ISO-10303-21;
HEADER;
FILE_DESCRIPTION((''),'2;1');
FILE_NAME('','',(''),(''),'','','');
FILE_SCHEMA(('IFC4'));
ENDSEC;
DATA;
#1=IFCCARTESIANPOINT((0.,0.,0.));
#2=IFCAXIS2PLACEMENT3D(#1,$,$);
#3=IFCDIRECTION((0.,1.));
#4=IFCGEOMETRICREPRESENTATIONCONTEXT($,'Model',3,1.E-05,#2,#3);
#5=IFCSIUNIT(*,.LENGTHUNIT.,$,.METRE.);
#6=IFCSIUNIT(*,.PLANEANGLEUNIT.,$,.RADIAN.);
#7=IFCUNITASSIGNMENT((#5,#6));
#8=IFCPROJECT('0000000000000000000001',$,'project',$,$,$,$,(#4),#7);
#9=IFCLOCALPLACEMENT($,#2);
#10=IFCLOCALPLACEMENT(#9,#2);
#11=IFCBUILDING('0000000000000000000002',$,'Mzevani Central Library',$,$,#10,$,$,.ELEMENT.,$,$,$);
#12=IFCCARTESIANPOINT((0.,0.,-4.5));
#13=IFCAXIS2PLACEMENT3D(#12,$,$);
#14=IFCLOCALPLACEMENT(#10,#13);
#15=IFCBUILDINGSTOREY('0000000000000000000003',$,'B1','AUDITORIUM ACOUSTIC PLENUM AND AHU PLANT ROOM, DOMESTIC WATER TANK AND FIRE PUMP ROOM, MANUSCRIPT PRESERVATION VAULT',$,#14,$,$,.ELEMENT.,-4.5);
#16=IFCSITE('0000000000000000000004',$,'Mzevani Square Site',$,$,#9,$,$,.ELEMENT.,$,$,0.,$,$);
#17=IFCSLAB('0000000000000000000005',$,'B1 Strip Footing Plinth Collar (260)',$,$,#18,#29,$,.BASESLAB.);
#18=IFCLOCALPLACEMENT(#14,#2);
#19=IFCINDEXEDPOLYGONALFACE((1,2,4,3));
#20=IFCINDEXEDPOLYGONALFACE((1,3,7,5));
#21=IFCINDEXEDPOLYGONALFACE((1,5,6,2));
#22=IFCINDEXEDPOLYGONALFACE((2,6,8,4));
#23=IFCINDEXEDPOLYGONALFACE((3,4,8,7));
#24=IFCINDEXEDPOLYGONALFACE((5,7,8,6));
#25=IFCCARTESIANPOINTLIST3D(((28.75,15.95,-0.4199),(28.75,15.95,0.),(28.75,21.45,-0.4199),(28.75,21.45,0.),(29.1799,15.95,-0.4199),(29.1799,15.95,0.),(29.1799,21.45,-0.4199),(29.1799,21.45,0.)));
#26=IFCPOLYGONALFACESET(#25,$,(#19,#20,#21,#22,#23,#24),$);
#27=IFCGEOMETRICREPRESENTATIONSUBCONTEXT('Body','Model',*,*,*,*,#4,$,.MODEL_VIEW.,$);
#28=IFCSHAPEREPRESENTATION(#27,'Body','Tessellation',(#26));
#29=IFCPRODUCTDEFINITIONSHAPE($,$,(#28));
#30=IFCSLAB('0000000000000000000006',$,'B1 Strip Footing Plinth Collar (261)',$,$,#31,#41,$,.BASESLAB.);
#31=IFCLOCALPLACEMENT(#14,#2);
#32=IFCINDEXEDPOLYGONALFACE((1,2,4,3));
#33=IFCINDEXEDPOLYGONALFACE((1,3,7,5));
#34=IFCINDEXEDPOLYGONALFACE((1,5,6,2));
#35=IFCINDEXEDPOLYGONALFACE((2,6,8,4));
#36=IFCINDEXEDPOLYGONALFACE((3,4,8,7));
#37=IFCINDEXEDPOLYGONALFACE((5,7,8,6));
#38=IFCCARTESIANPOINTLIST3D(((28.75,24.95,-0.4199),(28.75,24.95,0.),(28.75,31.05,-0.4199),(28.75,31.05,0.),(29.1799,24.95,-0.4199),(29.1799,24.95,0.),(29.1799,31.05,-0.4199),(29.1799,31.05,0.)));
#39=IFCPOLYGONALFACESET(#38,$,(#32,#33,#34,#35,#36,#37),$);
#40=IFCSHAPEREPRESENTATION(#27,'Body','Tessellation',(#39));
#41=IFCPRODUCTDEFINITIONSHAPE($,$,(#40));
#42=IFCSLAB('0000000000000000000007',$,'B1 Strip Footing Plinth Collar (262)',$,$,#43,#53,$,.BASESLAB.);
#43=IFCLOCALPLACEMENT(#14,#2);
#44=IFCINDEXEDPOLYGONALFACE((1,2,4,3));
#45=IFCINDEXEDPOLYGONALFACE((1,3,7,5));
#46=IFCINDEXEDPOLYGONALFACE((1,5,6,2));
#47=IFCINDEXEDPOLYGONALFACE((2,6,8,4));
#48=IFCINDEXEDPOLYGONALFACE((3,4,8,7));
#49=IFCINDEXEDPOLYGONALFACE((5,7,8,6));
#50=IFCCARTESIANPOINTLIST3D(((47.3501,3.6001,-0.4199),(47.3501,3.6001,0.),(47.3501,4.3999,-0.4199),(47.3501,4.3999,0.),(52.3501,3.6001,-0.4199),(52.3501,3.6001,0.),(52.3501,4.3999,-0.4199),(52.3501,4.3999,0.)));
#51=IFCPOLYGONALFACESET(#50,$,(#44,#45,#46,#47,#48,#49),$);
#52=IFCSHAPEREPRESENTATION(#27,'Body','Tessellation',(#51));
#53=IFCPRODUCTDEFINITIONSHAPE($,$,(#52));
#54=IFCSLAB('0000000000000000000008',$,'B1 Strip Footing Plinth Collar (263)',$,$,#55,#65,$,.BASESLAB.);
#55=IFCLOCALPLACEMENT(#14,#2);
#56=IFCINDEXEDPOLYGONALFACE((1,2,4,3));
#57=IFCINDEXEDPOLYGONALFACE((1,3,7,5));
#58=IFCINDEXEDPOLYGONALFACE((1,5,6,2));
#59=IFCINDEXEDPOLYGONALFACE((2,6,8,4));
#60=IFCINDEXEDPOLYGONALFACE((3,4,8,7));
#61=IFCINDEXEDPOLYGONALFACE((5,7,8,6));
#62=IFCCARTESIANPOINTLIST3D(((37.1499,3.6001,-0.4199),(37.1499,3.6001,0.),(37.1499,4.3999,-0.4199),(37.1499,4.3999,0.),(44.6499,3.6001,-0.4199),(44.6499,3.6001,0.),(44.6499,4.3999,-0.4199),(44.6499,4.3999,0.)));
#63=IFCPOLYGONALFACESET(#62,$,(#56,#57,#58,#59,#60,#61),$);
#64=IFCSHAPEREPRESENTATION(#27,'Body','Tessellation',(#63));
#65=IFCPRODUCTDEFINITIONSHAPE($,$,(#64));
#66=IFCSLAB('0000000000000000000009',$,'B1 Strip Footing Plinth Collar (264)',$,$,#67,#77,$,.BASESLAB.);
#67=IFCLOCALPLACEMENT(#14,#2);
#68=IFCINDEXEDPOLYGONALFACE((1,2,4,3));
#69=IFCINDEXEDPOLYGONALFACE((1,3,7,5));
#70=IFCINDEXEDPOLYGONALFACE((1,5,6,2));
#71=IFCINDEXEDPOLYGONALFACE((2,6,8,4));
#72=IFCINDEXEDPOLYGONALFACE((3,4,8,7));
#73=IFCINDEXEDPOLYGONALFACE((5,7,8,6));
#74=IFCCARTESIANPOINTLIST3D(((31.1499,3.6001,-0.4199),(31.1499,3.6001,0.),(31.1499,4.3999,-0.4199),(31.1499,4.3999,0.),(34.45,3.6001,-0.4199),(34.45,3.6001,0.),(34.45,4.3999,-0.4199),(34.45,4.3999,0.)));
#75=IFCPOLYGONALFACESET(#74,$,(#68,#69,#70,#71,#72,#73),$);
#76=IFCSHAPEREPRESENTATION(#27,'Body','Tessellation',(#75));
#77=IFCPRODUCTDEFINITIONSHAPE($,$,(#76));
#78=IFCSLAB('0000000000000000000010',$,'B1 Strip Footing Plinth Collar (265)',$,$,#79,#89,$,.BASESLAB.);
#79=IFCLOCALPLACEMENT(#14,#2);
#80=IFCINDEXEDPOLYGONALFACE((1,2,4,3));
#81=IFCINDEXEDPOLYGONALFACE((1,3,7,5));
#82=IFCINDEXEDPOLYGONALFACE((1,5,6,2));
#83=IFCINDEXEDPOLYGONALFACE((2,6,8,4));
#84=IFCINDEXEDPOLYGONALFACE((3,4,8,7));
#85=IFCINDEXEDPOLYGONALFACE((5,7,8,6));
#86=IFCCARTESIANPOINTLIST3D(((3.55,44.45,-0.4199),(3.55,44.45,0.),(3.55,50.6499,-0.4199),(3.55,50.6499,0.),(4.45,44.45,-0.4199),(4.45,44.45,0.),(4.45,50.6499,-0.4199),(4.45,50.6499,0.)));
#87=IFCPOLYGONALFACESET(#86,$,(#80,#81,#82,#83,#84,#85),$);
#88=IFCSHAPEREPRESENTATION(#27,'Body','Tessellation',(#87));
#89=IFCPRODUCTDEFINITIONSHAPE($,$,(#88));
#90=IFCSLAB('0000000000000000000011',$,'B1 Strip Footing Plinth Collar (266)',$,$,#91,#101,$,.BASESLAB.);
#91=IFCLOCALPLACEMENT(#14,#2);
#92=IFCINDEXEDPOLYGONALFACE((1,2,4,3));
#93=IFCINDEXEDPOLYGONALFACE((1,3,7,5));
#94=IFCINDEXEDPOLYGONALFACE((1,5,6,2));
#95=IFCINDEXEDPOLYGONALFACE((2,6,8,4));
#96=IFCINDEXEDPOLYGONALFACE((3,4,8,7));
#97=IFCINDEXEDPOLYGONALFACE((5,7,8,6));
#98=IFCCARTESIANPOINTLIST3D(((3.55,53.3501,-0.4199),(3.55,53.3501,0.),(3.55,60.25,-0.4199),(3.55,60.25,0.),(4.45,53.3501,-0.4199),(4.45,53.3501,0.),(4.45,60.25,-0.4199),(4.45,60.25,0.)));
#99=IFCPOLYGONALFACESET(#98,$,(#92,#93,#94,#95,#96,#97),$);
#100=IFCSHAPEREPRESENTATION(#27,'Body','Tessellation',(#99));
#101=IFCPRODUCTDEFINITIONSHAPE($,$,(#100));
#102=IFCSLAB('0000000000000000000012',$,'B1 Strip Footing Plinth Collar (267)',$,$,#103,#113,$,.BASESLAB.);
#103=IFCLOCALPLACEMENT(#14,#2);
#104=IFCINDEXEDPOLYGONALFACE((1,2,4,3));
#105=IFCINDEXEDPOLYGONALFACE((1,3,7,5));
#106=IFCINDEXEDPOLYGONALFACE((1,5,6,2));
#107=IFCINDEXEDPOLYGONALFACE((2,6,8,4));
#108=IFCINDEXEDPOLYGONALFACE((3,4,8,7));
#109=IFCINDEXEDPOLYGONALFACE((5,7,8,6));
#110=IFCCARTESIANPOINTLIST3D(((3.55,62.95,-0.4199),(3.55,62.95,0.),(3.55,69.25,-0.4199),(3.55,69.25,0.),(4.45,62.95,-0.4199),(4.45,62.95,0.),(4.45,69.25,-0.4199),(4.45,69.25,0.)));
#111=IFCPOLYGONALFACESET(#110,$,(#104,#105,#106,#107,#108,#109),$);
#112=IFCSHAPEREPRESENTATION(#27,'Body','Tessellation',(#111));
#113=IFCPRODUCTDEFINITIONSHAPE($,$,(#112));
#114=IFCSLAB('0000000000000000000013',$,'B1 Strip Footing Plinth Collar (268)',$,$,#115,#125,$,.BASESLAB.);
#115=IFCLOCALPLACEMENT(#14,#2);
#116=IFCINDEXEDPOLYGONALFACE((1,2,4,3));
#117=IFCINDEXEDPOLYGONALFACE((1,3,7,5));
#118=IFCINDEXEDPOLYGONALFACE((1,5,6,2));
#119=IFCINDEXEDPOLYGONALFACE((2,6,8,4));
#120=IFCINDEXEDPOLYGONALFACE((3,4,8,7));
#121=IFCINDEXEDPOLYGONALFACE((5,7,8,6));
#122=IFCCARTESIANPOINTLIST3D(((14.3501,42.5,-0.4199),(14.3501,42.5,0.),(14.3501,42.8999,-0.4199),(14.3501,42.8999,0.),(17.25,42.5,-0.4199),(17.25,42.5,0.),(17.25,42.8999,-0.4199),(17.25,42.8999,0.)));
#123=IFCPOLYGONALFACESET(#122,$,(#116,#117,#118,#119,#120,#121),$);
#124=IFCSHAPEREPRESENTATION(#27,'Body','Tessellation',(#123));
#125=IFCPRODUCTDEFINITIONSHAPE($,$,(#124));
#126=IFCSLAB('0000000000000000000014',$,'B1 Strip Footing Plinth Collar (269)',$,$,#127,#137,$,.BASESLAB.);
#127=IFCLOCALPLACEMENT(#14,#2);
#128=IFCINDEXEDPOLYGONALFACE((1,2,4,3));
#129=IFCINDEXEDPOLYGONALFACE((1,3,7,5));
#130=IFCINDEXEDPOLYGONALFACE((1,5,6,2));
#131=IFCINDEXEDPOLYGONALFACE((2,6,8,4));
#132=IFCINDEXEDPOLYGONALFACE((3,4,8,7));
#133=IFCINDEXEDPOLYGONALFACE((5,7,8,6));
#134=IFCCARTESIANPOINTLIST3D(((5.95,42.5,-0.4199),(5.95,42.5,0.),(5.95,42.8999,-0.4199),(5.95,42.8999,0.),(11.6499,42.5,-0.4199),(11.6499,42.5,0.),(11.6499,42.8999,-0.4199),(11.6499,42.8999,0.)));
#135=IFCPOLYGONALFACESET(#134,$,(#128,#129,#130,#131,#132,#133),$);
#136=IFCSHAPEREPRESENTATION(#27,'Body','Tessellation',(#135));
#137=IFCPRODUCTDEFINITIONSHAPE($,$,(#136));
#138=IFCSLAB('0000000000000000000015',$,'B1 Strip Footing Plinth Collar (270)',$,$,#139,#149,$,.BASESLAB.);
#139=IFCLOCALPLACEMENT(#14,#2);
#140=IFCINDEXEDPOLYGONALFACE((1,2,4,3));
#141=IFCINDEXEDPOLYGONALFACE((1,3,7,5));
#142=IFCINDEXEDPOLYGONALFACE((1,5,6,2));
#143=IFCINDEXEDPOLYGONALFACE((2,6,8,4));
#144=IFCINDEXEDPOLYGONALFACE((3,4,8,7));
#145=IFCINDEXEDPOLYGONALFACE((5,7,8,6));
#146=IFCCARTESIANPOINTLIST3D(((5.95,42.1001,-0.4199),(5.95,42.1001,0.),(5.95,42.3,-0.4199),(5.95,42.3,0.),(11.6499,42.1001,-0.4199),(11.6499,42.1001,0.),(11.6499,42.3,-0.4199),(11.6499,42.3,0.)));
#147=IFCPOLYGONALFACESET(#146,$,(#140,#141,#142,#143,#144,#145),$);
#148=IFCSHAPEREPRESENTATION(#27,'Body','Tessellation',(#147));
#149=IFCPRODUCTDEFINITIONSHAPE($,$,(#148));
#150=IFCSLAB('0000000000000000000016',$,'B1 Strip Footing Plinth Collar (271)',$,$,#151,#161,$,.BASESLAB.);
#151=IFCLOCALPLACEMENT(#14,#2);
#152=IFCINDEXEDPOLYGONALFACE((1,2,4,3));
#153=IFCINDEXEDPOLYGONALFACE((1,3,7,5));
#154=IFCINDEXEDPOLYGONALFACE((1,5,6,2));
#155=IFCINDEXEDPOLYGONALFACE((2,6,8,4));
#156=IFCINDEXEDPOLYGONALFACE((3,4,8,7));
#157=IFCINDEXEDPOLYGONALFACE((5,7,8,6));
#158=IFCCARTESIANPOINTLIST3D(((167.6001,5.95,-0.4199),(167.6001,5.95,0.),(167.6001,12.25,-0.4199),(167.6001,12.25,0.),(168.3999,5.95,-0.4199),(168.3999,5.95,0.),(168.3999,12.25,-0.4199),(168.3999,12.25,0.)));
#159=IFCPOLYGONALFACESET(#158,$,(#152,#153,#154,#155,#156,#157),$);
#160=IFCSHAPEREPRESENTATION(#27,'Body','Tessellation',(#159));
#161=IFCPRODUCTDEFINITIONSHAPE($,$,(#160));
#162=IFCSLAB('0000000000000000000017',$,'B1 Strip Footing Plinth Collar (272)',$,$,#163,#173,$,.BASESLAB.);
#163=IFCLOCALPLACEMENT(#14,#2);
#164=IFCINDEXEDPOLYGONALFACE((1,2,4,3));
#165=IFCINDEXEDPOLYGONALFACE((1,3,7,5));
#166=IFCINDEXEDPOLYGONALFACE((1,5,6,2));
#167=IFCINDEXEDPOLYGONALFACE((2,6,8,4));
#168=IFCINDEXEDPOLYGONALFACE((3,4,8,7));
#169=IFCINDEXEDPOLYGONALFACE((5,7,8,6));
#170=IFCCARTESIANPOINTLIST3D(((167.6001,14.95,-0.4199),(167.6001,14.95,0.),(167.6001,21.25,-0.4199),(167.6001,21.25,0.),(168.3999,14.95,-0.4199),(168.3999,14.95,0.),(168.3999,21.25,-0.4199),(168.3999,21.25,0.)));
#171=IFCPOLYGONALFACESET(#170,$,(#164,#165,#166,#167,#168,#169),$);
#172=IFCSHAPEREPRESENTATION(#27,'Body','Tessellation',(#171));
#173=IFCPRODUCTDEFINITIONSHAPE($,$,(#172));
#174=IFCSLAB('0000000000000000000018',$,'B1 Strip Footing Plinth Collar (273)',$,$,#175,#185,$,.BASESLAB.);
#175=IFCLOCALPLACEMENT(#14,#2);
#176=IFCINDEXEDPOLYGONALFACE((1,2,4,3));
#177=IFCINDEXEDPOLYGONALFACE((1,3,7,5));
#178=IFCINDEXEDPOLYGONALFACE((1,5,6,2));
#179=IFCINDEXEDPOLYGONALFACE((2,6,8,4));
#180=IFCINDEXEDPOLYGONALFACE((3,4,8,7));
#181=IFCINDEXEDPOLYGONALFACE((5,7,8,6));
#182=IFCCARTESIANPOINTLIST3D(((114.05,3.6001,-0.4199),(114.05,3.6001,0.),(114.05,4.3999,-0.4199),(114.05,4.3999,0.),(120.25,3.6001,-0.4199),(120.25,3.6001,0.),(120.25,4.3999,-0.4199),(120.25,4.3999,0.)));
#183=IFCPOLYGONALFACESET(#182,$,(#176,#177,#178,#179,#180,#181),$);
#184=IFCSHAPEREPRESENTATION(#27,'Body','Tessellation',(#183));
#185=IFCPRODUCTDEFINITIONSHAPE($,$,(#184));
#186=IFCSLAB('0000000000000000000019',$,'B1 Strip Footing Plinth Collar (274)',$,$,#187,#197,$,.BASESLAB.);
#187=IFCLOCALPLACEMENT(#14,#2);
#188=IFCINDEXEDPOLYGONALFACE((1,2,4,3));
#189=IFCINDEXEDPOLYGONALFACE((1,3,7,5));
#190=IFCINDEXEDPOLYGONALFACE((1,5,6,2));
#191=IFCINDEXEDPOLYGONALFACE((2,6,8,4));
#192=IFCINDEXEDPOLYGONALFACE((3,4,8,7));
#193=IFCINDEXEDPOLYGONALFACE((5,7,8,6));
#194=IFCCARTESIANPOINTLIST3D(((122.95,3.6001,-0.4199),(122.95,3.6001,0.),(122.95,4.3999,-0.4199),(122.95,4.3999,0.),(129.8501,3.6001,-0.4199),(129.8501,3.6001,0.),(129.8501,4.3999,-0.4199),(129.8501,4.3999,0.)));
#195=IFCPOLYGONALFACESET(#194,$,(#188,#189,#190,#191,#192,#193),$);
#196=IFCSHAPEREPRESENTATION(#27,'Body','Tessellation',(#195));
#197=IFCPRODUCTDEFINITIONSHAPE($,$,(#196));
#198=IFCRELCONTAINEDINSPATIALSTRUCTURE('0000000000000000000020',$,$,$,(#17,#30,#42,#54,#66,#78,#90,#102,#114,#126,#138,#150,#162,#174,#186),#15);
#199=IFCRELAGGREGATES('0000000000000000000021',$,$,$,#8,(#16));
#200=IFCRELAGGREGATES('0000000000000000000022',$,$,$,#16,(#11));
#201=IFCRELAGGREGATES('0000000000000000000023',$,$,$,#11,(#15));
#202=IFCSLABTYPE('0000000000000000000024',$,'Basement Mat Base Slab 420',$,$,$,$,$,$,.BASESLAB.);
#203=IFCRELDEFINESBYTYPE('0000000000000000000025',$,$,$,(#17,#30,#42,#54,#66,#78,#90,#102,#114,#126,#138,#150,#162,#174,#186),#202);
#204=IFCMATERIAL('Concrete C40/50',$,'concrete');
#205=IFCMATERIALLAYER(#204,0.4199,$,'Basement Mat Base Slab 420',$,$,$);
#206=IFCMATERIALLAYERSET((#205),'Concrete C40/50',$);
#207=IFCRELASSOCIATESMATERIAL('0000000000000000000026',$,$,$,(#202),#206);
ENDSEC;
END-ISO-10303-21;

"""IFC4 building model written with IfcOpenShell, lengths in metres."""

from ifc_helpers import new_model, si_unit, direction, frame, origin, place, context, subcontext, project, spatial, polyline, outline, extrude, material, layer, layer_set, type_object, element, save


model = new_model("IFC4")

# Units and contexts
model_context = context("Model", 3, precision=1e-05, world=origin(), true_north=direction((0.0, 1.0)))
body_context = subcontext(model_context, "Body", "Model", "MODEL_VIEW")
ifc_project = project(units=[si_unit("LENGTHUNIT", "METRE"), si_unit("PLANEANGLEUNIT", "RADIAN")], contexts=[model_context])

# Site, building, storey
site_placement = place(None, origin())
site = spatial("IfcSite", under=ifc_project, at=site_placement, Name="Mzevani Square Site", CompositionType="ELEMENT", RefElevation=0.0)
building_placement = place(site_placement, origin())
building = spatial("IfcBuilding", under=site, at=building_placement, Name="Mzevani Central Library", CompositionType="ELEMENT")
storey_placement = place(building_placement, frame((0.0, 0.0, -4.5)))
storey = spatial("IfcBuildingStorey", under=building, at=storey_placement, Name="B1", Description="AUDITORIUM ACOUSTIC PLENUM AND AHU PLANT ROOM, DOMESTIC WATER TANK AND FIRE PUMP ROOM, MANUSCRIPT PRESERVATION VAULT", CompositionType="ELEMENT", Elevation=-4.5)

# Slabs
ifc_material = material(Name="Concrete C40/50", Category="concrete")
ifc_layer = layer(ifc_material, 0.4199, Name="Basement Mat Base Slab 420")
ifc_layer_set = layer_set([ifc_layer], Name="Concrete C40/50")
slab_type = type_object("IfcSlabType", Name="Basement Mat Base Slab 420", PredefinedType="BASESLAB", material=ifc_layer_set)
slab_1_placement = place(storey_placement, frame((0.0, 0.0, -0.4199)))
element("IfcSlab", 1, at=slab_1_placement, inside=storey, type_object=slab_type, Name="B1 Strip Footing Plinth Collar (260)", PredefinedType="BASESLAB", context=body_context, shape_type="SweptSolid", body=[
    extrude(outline(polyline([(28.75, 21.45), (29.1799, 21.45), (29.1799, 15.95), (28.75, 15.95), (28.75, 21.45)])), origin(), (0.0, 0.0, 1.0), 0.4199),
])
slab_2_placement = place(storey_placement, frame((0.0, 0.0, -0.4199)))
element("IfcSlab", 2, at=slab_2_placement, inside=storey, type_object=slab_type, Name="B1 Strip Footing Plinth Collar (261)", PredefinedType="BASESLAB", context=body_context, shape_type="SweptSolid", body=[
    extrude(outline(polyline([(28.75, 31.05), (29.1799, 31.05), (29.1799, 24.95), (28.75, 24.95), (28.75, 31.05)])), origin(), (0.0, 0.0, 1.0), 0.4199),
])
slab_3_placement = place(storey_placement, frame((0.0, 0.0, -0.4199)))
element("IfcSlab", 3, at=slab_3_placement, inside=storey, type_object=slab_type, Name="B1 Strip Footing Plinth Collar (262)", PredefinedType="BASESLAB", context=body_context, shape_type="SweptSolid", body=[
    extrude(outline(polyline([(52.3501, 3.6001), (47.3501, 3.6001), (47.3501, 4.3999), (52.3501, 4.3999), (52.3501, 3.6001)])), origin(), (0.0, 0.0, 1.0), 0.4199),
])
slab_4_placement = place(storey_placement, frame((0.0, 0.0, -0.4199)))
element("IfcSlab", 4, at=slab_4_placement, inside=storey, type_object=slab_type, Name="B1 Strip Footing Plinth Collar (263)", PredefinedType="BASESLAB", context=body_context, shape_type="SweptSolid", body=[
    extrude(outline(polyline([(44.6499, 3.6001), (37.1499, 3.6001), (37.1499, 4.3999), (44.6499, 4.3999), (44.6499, 3.6001)])), origin(), (0.0, 0.0, 1.0), 0.4199),
])
slab_5_placement = place(storey_placement, frame((0.0, 0.0, -0.4199)))
element("IfcSlab", 5, at=slab_5_placement, inside=storey, type_object=slab_type, Name="B1 Strip Footing Plinth Collar (264)", PredefinedType="BASESLAB", context=body_context, shape_type="SweptSolid", body=[
    extrude(outline(polyline([(34.45, 3.6001), (31.1499, 3.6001), (31.1499, 4.3999), (34.45, 4.3999), (34.45, 3.6001)])), origin(), (0.0, 0.0, 1.0), 0.4199),
])
slab_6_placement = place(storey_placement, frame((0.0, 0.0, -0.4199)))
element("IfcSlab", 6, at=slab_6_placement, inside=storey, type_object=slab_type, Name="B1 Strip Footing Plinth Collar (265)", PredefinedType="BASESLAB", context=body_context, shape_type="SweptSolid", body=[
    extrude(outline(polyline([(3.55, 44.45), (3.55, 50.6499), (4.45, 50.6499), (4.45, 44.45), (3.55, 44.45)])), origin(), (0.0, 0.0, 1.0), 0.4199),
])
slab_7_placement = place(storey_placement, frame((0.0, 0.0, -0.4199)))
element("IfcSlab", 7, at=slab_7_placement, inside=storey, type_object=slab_type, Name="B1 Strip Footing Plinth Collar (266)", PredefinedType="BASESLAB", context=body_context, shape_type="SweptSolid", body=[
    extrude(outline(polyline([(3.55, 53.3501), (3.55, 60.25), (4.45, 60.25), (4.45, 53.3501), (3.55, 53.3501)])), origin(), (0.0, 0.0, 1.0), 0.4199),
])
slab_8_placement = place(storey_placement, frame((0.0, 0.0, -0.4199)))
element("IfcSlab", 8, at=slab_8_placement, inside=storey, type_object=slab_type, Name="B1 Strip Footing Plinth Collar (267)", PredefinedType="BASESLAB", context=body_context, shape_type="SweptSolid", body=[
    extrude(outline(polyline([(3.55, 62.95), (3.55, 69.25), (4.45, 69.25), (4.45, 62.95), (3.55, 62.95)])), origin(), (0.0, 0.0, 1.0), 0.4199),
])
slab_9_placement = place(storey_placement, frame((0.0, 0.0, -0.4199)))
element("IfcSlab", 9, at=slab_9_placement, inside=storey, type_object=slab_type, Name="B1 Strip Footing Plinth Collar (268)", PredefinedType="BASESLAB", context=body_context, shape_type="SweptSolid", body=[
    extrude(outline(polyline([(17.25, 42.5), (14.3501, 42.5), (14.3501, 42.8999), (17.25, 42.8999), (17.25, 42.5)])), origin(), (0.0, 0.0, 1.0), 0.4199),
])
slab_10_placement = place(storey_placement, frame((0.0, 0.0, -0.4199)))
element("IfcSlab", 10, at=slab_10_placement, inside=storey, type_object=slab_type, Name="B1 Strip Footing Plinth Collar (269)", PredefinedType="BASESLAB", context=body_context, shape_type="SweptSolid", body=[
    extrude(outline(polyline([(11.6499, 42.5), (5.95, 42.5), (5.95, 42.8999), (11.6499, 42.8999), (11.6499, 42.5)])), origin(), (0.0, 0.0, 1.0), 0.4199),
])
slab_11_placement = place(storey_placement, frame((0.0, 0.0, -0.4199)))
element("IfcSlab", 11, at=slab_11_placement, inside=storey, type_object=slab_type, Name="B1 Strip Footing Plinth Collar (270)", PredefinedType="BASESLAB", context=body_context, shape_type="SweptSolid", body=[
    extrude(outline(polyline([(11.6499, 42.1001), (5.95, 42.1001), (5.95, 42.3), (11.6499, 42.3), (11.6499, 42.1001)])), origin(), (0.0, 0.0, 1.0), 0.4199),
])
slab_12_placement = place(storey_placement, frame((0.0, 0.0, -0.4199)))
element("IfcSlab", 12, at=slab_12_placement, inside=storey, type_object=slab_type, Name="B1 Strip Footing Plinth Collar (271)", PredefinedType="BASESLAB", context=body_context, shape_type="SweptSolid", body=[
    extrude(outline(polyline([(167.6001, 5.95), (167.6001, 12.25), (168.3999, 12.25), (168.3999, 5.95), (167.6001, 5.95)])), origin(), (0.0, 0.0, 1.0), 0.4199),
])
slab_13_placement = place(storey_placement, frame((0.0, 0.0, -0.4199)))
element("IfcSlab", 13, at=slab_13_placement, inside=storey, type_object=slab_type, Name="B1 Strip Footing Plinth Collar (272)", PredefinedType="BASESLAB", context=body_context, shape_type="SweptSolid", body=[
    extrude(outline(polyline([(167.6001, 14.95), (167.6001, 21.25), (168.3999, 21.25), (168.3999, 14.95), (167.6001, 14.95)])), origin(), (0.0, 0.0, 1.0), 0.4199),
])
slab_14_placement = place(storey_placement, frame((0.0, 0.0, -0.4199)))
element("IfcSlab", 14, at=slab_14_placement, inside=storey, type_object=slab_type, Name="B1 Strip Footing Plinth Collar (273)", PredefinedType="BASESLAB", context=body_context, shape_type="SweptSolid", body=[
    extrude(outline(polyline([(114.05, 4.3999), (120.25, 4.3999), (120.25, 3.6001), (114.05, 3.6001), (114.05, 4.3999)])), origin(), (0.0, 0.0, 1.0), 0.4199),
])
slab_15_placement = place(storey_placement, frame((0.0, 0.0, -0.4199)))
element("IfcSlab", 15, at=slab_15_placement, inside=storey, type_object=slab_type, Name="B1 Strip Footing Plinth Collar (274)", PredefinedType="BASESLAB", context=body_context, shape_type="SweptSolid", body=[
    extrude(outline(polyline([(122.95, 4.3999), (129.8501, 4.3999), (129.8501, 3.6001), (122.95, 3.6001), (122.95, 4.3999)])), origin(), (0.0, 0.0, 1.0), 0.4199),
])

save(model, "model.ifc")
